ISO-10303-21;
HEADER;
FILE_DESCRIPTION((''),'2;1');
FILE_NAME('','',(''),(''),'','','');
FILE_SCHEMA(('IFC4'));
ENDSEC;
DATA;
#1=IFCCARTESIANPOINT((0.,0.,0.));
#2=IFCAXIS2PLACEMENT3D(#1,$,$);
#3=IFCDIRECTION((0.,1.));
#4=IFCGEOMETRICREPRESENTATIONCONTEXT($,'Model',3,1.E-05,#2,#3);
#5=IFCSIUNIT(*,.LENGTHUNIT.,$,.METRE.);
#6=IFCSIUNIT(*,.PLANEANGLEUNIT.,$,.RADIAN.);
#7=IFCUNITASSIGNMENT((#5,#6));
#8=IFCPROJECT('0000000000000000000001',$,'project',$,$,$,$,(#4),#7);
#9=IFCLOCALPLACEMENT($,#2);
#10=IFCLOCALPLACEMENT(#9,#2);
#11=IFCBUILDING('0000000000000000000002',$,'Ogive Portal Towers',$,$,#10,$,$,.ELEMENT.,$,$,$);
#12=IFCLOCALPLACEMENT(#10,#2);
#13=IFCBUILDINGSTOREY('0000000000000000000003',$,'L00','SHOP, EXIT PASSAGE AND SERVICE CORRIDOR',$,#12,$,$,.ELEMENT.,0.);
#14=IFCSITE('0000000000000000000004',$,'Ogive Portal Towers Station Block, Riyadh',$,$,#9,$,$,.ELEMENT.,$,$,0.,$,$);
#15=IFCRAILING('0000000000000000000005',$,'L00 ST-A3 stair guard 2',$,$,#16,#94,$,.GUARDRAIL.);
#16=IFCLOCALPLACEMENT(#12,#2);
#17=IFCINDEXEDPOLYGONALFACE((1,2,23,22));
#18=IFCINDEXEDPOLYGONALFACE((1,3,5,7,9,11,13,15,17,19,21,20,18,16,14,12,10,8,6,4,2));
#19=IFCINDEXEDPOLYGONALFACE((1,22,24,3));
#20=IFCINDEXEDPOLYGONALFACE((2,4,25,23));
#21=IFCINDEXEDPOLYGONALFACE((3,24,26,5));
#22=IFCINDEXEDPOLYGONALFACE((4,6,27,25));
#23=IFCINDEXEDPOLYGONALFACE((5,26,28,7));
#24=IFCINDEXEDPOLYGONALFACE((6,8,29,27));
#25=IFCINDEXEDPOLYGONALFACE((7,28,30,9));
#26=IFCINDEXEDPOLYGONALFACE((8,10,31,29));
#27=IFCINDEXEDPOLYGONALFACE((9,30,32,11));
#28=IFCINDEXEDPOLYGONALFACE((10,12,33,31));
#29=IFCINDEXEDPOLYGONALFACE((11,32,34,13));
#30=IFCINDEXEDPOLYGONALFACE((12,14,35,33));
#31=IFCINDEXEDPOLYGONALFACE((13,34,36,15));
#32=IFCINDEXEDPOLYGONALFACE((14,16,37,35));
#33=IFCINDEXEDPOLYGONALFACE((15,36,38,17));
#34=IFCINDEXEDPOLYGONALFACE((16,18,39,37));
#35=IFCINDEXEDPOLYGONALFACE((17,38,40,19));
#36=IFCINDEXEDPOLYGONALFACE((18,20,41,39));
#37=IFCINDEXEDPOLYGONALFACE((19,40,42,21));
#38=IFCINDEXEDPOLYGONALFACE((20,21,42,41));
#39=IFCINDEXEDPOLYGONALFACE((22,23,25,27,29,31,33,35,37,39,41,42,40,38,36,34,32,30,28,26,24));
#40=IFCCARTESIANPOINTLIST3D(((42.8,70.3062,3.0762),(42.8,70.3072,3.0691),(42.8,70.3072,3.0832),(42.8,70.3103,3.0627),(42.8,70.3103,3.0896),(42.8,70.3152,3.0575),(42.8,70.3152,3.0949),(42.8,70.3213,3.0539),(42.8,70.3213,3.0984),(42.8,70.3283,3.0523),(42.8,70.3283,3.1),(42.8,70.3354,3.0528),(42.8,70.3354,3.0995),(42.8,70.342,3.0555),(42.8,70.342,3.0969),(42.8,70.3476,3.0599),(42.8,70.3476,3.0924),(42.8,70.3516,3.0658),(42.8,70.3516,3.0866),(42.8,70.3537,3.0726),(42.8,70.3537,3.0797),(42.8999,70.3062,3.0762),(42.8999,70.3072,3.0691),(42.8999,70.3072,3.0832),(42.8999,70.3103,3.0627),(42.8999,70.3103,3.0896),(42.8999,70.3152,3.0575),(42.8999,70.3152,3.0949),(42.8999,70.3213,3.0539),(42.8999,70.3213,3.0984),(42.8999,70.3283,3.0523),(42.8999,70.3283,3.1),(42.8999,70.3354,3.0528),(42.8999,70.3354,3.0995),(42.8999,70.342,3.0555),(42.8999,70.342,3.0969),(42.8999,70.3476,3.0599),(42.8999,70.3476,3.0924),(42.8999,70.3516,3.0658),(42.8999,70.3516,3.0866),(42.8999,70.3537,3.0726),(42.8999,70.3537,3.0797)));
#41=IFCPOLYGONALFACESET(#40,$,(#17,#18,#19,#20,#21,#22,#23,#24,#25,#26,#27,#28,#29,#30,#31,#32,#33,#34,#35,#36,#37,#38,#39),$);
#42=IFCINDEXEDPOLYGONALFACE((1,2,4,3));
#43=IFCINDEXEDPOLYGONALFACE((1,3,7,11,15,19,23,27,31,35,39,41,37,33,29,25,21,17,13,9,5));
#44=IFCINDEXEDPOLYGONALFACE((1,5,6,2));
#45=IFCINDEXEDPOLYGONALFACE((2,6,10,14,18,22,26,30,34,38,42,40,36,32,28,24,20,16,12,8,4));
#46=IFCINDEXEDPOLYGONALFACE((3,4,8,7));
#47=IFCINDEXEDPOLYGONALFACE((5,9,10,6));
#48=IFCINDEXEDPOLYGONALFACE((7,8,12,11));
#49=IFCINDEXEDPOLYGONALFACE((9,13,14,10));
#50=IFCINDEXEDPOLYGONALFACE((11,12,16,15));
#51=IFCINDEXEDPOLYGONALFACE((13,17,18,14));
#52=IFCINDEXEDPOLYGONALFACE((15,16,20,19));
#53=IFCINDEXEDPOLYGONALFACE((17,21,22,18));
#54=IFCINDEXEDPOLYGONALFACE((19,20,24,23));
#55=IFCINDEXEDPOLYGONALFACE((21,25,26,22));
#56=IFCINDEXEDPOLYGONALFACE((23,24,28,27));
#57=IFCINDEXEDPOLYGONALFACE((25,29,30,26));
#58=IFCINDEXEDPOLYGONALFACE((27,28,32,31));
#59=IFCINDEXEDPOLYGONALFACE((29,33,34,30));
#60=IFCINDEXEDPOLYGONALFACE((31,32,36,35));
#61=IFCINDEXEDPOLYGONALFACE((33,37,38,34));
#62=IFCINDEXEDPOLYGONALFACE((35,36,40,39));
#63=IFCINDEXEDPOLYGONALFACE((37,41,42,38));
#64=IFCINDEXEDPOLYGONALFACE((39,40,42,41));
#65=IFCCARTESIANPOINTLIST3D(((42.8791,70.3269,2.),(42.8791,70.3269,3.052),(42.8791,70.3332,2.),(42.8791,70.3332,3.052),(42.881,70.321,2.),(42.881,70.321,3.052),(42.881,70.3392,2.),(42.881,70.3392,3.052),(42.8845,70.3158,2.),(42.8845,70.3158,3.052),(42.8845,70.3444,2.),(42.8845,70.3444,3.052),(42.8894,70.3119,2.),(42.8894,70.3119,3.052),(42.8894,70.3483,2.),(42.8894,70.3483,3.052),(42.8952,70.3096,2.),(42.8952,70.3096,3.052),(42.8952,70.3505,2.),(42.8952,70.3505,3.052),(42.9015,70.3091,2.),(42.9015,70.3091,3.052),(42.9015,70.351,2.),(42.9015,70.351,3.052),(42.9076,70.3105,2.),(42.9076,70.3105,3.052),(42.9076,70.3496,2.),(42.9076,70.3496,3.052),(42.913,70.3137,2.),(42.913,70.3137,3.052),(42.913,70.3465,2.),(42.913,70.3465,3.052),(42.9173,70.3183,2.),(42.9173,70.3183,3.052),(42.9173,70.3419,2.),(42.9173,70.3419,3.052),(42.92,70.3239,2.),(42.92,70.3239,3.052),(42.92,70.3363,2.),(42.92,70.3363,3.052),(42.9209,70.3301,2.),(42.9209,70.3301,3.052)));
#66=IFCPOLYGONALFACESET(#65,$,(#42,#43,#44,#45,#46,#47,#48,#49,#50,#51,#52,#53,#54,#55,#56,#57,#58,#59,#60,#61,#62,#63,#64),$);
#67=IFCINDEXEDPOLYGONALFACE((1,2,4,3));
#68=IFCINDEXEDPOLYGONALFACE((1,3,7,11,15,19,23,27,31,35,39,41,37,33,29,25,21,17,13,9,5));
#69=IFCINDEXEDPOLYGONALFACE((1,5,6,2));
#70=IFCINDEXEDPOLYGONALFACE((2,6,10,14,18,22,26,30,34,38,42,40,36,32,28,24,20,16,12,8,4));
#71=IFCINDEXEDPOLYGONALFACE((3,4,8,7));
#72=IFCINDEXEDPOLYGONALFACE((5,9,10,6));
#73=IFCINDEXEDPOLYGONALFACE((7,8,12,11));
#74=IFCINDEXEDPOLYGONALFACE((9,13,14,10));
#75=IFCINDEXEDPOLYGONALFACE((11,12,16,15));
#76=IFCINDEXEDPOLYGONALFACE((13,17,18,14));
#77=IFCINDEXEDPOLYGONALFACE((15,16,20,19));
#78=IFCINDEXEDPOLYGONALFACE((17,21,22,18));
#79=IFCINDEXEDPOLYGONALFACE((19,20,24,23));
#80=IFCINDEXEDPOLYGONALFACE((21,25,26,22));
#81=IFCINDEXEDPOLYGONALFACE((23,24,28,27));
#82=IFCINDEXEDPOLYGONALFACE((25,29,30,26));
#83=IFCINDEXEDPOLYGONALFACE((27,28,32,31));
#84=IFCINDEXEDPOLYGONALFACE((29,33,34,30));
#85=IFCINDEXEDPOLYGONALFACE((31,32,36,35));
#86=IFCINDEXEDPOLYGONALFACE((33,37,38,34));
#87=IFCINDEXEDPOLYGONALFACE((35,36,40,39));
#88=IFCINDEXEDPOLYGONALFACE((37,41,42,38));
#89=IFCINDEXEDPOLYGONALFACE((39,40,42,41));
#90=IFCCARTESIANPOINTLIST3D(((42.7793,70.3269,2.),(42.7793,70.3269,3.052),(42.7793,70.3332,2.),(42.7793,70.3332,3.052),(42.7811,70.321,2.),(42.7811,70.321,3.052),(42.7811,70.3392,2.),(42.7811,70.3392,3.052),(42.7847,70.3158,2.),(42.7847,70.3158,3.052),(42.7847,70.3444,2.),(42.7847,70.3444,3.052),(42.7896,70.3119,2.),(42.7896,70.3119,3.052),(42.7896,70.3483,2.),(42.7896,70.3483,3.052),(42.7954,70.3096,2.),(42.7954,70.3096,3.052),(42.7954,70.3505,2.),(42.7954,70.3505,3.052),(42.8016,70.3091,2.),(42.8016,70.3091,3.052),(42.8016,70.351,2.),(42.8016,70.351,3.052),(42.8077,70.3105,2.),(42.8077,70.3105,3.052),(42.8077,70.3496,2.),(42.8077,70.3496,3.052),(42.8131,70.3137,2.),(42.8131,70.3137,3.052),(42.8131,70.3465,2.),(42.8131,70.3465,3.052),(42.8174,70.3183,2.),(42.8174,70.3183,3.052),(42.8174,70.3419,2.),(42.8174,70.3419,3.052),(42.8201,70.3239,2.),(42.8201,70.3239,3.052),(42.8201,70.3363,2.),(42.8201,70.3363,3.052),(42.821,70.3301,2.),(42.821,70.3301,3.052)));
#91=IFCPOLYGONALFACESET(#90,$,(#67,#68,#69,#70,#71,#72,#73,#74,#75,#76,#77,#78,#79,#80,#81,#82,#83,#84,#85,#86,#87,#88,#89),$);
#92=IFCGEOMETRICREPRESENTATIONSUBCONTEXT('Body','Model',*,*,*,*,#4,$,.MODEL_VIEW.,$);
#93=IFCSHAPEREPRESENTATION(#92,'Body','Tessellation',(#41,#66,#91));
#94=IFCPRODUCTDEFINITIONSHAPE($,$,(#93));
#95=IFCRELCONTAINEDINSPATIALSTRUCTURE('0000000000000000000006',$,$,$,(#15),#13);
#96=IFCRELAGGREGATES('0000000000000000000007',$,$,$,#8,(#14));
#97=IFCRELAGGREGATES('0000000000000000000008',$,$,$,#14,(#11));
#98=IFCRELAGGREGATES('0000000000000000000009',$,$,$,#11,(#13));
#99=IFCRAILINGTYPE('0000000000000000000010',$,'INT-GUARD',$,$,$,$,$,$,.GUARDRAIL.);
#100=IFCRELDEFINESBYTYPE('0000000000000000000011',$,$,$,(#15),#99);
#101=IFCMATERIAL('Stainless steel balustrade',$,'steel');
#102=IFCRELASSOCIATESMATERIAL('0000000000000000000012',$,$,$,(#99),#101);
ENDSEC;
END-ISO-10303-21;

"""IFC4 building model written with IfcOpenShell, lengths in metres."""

from ifc_helpers import new_model, si_unit, direction, frame, origin, origin_2d, place, context, subcontext, project, spatial, circle, extrude, material, type_object, element, save


model = new_model("IFC4")

# Units and contexts
model_context = context("Model", 3, precision=1e-05, world=origin(), true_north=direction((0.0, 1.0)))
body_context = subcontext(model_context, "Body", "Model", "MODEL_VIEW")
ifc_project = project(units=[si_unit("LENGTHUNIT", "METRE"), si_unit("PLANEANGLEUNIT", "RADIAN")], contexts=[model_context])

# Site, building, storey
site_placement = place(None, origin())
site = spatial("IfcSite", under=ifc_project, at=site_placement, Name="Ogive Portal Towers Station Block, Riyadh", CompositionType="ELEMENT", RefElevation=0.0)
building_placement = place(site_placement, origin())
building = spatial("IfcBuilding", under=site, at=building_placement, Name="Ogive Portal Towers", CompositionType="ELEMENT")
storey_placement = place(building_placement, origin())
storey = spatial("IfcBuildingStorey", under=building, at=storey_placement, Name="L00", Description="SHOP, EXIT PASSAGE AND SERVICE CORRIDOR", CompositionType="ELEMENT", Elevation=0.0)

# Railing
ifc_material_1 = material(Name="Stainless steel balustrade", Category="steel")
railing_type_1 = type_object("IfcRailingType", Name="INT-GUARD", PredefinedType="GUARDRAIL", material=ifc_material_1)
railing_1_placement = place(storey_placement, frame((42.8999, 70.3301, 2.0)))
element("IfcRailing", 1, at=railing_1_placement, inside=storey, type_object=railing_type_1, Name="L00 ST-A3 stair guard 2", PredefinedType="GUARDRAIL", context=body_context, shape_type="SweptSolid", body=[
    extrude(circle(Radius=0.0239, at=origin_2d()), frame((0.0, 0.0, 1.0762), z_axis=(-1.0, 0.0, 0.0), x_axis=(0.0, -1.0, 0.0)), (0.0, 0.0, 1.0), 0.0999),
    extrude(circle(Radius=0.021, at=origin_2d()), origin(), (0.0, 0.0, 1.0), 1.052),
    extrude(circle(Radius=0.021, at=origin_2d()), frame((-0.0999, 0.0, 0.0)), (0.0, 0.0, 1.0), 1.052),
])

save(model, "model.ifc")
